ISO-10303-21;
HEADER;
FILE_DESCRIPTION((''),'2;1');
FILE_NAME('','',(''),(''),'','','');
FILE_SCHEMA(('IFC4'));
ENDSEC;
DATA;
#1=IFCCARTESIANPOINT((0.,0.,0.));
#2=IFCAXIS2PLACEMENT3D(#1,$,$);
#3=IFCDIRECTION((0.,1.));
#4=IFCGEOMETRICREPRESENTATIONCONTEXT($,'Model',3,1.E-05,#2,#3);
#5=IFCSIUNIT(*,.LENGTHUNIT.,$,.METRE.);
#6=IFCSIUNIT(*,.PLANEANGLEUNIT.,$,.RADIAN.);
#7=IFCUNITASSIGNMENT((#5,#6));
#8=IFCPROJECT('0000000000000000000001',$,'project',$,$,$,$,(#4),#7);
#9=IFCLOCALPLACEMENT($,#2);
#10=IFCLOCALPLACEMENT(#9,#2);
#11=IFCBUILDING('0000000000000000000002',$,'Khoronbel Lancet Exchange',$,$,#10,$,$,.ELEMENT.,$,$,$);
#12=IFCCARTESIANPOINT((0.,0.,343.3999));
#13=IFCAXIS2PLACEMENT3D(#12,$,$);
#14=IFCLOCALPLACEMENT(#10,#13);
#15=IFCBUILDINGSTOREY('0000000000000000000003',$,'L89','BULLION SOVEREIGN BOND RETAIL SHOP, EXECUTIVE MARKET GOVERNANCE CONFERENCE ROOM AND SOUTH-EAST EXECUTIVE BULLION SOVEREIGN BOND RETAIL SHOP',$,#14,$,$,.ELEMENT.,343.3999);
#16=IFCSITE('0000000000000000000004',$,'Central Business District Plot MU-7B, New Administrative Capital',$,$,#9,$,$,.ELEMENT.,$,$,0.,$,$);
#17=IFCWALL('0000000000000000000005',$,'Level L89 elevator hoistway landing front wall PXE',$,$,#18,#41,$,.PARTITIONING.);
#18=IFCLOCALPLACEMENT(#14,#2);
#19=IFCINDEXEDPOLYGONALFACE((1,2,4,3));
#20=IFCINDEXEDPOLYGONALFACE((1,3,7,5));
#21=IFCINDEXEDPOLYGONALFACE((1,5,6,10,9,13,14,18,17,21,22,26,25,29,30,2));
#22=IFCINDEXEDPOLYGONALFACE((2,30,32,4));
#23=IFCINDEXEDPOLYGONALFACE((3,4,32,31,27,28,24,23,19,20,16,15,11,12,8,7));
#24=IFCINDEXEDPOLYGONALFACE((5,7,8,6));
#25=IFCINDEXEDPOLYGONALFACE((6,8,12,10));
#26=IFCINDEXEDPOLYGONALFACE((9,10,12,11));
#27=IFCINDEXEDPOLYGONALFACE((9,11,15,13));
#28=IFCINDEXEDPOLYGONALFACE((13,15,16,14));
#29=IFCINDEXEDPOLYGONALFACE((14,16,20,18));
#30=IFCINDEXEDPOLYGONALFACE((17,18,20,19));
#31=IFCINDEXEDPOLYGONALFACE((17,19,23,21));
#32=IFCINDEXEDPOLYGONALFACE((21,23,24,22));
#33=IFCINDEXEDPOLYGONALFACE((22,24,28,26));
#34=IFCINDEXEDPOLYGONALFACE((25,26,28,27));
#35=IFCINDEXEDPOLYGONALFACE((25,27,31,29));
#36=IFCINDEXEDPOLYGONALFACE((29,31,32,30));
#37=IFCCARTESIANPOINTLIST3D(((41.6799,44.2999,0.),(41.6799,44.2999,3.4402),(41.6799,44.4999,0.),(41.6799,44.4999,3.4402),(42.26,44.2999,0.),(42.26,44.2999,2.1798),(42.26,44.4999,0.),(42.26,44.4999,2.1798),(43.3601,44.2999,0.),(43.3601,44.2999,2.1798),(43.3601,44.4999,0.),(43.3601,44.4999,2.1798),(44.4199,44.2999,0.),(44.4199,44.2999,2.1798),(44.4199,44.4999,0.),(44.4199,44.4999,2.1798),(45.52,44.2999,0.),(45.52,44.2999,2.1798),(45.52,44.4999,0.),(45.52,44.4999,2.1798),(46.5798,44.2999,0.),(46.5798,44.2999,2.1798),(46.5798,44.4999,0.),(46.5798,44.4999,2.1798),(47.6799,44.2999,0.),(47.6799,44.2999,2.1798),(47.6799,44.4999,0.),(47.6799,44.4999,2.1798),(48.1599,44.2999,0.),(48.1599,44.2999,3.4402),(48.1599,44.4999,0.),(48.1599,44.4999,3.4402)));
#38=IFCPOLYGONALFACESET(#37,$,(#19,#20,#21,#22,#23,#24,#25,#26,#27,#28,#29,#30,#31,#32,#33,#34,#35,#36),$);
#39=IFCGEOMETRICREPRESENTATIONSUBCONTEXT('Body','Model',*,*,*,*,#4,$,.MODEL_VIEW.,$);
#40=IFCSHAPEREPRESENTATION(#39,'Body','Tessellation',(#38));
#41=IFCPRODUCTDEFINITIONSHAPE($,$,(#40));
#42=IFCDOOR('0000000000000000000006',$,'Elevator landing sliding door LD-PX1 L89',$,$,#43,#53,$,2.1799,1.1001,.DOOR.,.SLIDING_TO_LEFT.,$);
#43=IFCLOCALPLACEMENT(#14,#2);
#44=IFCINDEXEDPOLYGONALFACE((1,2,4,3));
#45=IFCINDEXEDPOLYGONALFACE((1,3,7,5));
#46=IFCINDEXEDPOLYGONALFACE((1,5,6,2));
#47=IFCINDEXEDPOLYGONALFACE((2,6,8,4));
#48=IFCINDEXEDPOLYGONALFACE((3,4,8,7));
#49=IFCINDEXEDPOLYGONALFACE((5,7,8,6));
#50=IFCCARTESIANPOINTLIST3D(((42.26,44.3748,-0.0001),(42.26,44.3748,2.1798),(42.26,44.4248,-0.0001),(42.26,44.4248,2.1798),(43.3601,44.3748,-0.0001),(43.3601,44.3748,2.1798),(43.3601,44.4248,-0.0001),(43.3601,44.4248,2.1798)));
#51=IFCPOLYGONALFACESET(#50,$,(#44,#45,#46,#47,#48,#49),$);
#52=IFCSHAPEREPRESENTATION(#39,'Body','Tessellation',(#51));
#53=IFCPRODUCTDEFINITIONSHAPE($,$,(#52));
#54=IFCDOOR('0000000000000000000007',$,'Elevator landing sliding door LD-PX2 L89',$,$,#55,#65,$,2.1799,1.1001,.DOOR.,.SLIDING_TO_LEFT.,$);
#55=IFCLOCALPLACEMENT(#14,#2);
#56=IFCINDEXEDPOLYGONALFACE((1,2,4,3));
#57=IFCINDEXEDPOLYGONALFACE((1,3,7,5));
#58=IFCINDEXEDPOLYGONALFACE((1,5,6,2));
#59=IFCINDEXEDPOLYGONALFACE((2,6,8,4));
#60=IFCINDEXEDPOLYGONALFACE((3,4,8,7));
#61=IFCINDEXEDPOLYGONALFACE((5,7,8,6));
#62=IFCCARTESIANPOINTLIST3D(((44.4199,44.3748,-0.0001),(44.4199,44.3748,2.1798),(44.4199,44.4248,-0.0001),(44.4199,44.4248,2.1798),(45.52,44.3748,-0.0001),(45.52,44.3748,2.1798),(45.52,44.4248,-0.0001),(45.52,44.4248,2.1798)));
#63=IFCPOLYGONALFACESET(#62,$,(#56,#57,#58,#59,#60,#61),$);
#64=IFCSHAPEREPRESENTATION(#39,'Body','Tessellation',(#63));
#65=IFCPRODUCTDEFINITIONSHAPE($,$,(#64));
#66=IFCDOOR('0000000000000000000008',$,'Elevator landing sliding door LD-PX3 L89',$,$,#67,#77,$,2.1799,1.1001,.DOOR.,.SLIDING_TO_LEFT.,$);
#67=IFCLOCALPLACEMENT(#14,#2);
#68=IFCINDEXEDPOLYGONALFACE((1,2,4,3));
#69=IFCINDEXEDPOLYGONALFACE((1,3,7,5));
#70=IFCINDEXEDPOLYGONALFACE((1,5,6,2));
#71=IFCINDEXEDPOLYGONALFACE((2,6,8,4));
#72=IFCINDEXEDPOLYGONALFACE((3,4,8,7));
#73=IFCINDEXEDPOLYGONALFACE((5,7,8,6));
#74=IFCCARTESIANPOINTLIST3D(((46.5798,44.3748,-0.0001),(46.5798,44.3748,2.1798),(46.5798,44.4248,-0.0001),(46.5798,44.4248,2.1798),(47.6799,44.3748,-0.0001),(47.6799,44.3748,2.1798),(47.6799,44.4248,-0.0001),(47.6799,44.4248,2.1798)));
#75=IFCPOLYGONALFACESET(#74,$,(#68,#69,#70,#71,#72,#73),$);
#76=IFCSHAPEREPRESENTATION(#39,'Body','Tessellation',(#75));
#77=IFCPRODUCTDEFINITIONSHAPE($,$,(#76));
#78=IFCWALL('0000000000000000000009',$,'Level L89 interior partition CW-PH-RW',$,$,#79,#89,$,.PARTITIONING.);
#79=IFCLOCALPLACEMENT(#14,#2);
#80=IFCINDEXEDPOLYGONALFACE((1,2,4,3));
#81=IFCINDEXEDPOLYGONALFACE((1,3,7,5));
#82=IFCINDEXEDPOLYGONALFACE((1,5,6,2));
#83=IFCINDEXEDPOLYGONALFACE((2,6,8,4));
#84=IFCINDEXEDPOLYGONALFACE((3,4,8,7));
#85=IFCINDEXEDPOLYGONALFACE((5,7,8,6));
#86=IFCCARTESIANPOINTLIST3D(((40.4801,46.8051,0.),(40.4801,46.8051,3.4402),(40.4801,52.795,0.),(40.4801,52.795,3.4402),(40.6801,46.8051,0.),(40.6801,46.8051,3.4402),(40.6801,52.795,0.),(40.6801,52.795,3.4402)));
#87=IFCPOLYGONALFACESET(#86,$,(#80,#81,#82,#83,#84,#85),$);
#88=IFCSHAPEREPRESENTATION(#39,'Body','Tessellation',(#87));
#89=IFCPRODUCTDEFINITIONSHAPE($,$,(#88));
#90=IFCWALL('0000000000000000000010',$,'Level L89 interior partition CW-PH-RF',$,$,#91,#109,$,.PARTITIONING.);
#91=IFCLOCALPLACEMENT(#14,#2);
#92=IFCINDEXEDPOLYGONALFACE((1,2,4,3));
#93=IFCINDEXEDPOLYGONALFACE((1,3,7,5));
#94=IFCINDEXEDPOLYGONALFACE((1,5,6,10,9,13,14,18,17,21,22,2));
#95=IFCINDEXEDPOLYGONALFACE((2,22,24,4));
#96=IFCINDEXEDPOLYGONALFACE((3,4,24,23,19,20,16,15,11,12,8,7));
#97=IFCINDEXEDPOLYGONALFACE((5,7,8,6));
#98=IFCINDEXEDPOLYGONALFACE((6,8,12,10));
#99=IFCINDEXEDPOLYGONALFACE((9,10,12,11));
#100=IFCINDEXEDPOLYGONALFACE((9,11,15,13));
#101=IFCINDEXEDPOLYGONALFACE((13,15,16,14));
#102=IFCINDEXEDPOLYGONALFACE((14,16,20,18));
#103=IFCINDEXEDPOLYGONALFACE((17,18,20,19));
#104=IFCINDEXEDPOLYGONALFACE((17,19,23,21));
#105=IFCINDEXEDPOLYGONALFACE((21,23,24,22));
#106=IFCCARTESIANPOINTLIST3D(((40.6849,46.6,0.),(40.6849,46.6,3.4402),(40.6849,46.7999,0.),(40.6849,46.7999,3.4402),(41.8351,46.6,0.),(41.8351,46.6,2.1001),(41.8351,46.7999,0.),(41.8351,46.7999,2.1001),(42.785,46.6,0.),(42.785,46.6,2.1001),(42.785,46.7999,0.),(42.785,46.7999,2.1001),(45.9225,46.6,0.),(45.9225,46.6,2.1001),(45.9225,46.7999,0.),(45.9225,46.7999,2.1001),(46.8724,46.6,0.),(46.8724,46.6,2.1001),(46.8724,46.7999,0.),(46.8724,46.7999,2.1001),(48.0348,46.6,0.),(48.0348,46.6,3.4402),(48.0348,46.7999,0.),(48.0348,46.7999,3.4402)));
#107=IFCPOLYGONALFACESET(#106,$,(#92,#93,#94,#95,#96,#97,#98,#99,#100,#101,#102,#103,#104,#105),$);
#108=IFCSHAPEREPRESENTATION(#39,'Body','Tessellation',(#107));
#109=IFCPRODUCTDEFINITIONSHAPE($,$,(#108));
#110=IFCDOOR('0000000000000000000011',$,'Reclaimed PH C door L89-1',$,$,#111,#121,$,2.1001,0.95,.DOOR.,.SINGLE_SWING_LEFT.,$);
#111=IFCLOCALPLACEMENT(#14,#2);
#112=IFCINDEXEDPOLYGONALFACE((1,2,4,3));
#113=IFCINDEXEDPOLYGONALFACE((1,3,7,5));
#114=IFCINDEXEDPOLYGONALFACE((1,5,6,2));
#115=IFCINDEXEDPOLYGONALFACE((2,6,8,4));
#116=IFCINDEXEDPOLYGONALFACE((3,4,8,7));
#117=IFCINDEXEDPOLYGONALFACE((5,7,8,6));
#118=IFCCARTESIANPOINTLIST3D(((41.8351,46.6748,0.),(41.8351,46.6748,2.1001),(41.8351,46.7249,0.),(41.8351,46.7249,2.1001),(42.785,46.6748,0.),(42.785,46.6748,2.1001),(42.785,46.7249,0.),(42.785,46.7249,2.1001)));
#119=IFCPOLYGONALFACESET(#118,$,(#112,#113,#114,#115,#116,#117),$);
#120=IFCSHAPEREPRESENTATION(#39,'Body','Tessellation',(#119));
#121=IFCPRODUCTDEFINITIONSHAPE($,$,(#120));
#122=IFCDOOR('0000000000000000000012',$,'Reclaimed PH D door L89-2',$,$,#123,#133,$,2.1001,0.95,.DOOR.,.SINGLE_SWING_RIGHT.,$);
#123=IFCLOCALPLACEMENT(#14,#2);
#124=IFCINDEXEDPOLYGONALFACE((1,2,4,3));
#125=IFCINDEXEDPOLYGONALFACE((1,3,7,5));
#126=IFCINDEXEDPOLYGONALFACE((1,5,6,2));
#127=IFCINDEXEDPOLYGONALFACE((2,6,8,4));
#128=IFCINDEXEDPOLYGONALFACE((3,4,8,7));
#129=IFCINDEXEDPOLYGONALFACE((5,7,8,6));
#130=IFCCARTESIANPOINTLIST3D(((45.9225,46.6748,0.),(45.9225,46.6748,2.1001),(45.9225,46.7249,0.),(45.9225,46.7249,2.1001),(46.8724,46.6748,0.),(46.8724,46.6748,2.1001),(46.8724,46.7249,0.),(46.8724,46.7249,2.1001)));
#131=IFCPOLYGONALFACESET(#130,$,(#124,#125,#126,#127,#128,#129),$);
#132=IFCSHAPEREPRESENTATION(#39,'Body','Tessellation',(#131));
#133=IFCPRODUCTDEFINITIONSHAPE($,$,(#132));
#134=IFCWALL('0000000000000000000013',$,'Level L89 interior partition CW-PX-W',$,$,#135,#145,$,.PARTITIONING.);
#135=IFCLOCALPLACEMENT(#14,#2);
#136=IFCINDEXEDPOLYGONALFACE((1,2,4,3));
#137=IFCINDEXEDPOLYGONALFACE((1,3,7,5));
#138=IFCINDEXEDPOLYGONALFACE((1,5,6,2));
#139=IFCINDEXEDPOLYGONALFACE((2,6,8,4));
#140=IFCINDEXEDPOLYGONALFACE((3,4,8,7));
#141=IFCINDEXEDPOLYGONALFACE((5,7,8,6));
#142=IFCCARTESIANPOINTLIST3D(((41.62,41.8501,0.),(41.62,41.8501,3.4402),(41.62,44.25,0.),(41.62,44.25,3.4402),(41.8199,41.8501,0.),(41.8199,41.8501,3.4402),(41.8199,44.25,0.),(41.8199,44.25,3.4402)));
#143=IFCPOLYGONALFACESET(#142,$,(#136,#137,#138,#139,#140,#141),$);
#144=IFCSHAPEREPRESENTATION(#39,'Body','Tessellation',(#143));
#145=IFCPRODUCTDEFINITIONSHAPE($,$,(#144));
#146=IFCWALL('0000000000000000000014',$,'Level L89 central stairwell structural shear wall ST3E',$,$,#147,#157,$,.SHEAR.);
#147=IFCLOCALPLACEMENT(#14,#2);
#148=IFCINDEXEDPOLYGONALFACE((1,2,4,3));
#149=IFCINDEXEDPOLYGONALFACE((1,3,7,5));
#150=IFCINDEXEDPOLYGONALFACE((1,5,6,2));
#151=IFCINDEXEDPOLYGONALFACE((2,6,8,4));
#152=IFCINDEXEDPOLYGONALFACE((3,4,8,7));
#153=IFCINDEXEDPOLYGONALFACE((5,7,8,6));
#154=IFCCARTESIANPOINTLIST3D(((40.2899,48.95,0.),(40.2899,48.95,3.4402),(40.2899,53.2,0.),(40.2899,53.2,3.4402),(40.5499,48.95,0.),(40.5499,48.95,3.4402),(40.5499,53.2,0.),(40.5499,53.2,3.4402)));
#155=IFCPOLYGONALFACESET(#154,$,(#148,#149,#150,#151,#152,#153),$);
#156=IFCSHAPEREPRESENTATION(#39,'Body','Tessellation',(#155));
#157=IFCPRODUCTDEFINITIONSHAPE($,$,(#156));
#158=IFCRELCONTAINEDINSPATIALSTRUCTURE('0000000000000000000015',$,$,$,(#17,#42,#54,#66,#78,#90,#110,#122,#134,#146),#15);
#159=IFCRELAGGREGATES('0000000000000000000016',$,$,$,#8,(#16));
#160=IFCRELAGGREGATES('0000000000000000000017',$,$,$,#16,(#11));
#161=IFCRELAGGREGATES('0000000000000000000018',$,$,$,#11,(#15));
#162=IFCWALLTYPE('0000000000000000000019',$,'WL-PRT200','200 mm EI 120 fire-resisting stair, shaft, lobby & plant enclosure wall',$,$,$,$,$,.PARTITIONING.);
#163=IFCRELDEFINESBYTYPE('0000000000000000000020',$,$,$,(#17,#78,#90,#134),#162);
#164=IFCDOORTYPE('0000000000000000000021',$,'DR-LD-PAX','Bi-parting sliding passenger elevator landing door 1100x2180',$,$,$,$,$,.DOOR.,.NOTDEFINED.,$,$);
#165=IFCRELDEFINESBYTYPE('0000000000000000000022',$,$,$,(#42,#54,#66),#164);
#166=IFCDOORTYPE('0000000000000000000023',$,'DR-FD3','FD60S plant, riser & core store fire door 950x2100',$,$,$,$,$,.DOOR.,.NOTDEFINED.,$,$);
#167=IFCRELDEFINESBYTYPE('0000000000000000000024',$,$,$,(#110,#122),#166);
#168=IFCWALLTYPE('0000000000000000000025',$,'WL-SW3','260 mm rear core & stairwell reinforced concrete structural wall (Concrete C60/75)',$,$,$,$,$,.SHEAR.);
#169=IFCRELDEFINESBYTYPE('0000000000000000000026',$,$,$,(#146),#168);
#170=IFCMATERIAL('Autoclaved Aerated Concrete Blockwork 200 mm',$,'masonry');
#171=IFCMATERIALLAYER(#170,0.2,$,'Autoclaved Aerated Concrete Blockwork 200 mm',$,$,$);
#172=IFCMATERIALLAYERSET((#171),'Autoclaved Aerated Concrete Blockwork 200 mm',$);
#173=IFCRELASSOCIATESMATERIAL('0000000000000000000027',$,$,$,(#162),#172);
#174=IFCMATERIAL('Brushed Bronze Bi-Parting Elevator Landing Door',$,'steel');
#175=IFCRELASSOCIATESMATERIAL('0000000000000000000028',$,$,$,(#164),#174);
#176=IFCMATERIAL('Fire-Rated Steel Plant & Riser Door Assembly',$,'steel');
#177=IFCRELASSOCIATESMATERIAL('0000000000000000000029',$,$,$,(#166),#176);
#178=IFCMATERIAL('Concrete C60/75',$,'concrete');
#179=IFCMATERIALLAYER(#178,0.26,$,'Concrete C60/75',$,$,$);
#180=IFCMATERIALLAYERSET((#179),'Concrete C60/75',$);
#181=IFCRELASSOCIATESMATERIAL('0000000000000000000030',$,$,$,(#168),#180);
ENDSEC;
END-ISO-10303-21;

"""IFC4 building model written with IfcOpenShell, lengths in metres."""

from ifc_helpers import new_model, si_unit, direction, frame, frame_2d, origin, place, context, subcontext, project, spatial, rectangle, extrude, material, layer, layer_set, type_object, element, fill, save


model = new_model("IFC4")

# Units and contexts
model_context = context("Model", 3, precision=1e-05, world=origin(), true_north=direction((0.0, 1.0)))
body_context = subcontext(model_context, "Body", "Model", "MODEL_VIEW")
ifc_project = project(units=[si_unit("LENGTHUNIT", "METRE"), si_unit("PLANEANGLEUNIT", "RADIAN")], contexts=[model_context])

# Site, building, storey
site_placement = place(None, origin())
site = spatial("IfcSite", under=ifc_project, at=site_placement, Name="Central Business District Plot MU-7B, New Administrative Capital", CompositionType="ELEMENT", RefElevation=0.0)
building_placement = place(site_placement, origin())
building = spatial("IfcBuilding", under=site, at=building_placement, Name="Khoronbel Lancet Exchange", CompositionType="ELEMENT")
storey_placement = place(building_placement, frame((0.0, 0.0, 343.3999)))
storey = spatial("IfcBuildingStorey", under=building, at=storey_placement, Name="L89", Description="BULLION SOVEREIGN BOND RETAIL SHOP, EXECUTIVE MARKET GOVERNANCE CONFERENCE ROOM AND SOUTH-EAST EXECUTIVE BULLION SOVEREIGN BOND RETAIL SHOP", CompositionType="ELEMENT", Elevation=343.3999)

# Shared definitions
ifc_material_1 = material(Name="Concrete C60/75", Category="concrete")

# Wall, openings, doors
ifc_material_2 = material(Name="Autoclaved Aerated Concrete Blockwork 200 mm", Category="masonry")
ifc_layer_1 = layer(ifc_material_2, 0.2, Name="Autoclaved Aerated Concrete Blockwork 200 mm")
ifc_layer_set_1 = layer_set([ifc_layer_1], Name="Autoclaved Aerated Concrete Blockwork 200 mm")
wall_type_1 = type_object("IfcWallType", Name="WL-PRT200", Description="200 mm EI 120 fire-resisting stair, shaft, lobby & plant enclosure wall", PredefinedType="PARTITIONING", material=ifc_layer_set_1)
wall_1_placement = place(storey_placement, frame((41.6799, 44.3999, 0.0), z_axis=(0.0, 0.0, 1.0), x_axis=(1.0, 0.0, 0.0)))
wall_1 = element("IfcWall", 1, at=wall_1_placement, inside=storey, type_object=wall_type_1, Name="Level L89 elevator hoistway landing front wall PXE", PredefinedType="PARTITIONING", context=body_context, shape_type="SweptSolid", body=[
    extrude(rectangle(XDim=6.48, YDim=0.2, at=frame_2d((3.24, 0.0))), origin(), (0.0, 0.0, 1.0), 3.4402),
])
opening_1_placement = place(wall_1_placement, frame((0.5801, 0.0, 0.0)))
opening_1 = element("IfcOpeningElement", 2, at=opening_1_placement, cuts=wall_1, PredefinedType="OPENING", context=body_context, shape_type="SweptSolid", body=[
    extrude(rectangle(XDim=1.1001, YDim=2.1799, at=frame_2d((0.55, 1.0898))), frame((0.0, 0.1099, 0.0), z_axis=(0.0, -1.0, 0.0), x_axis=(1.0, 0.0, 0.0)), (0.0, 0.0, 1.0), 0.22),
])
opening_2_placement = place(wall_1_placement, frame((2.74, 0.0, 0.0)))
opening_2 = element("IfcOpeningElement", 3, at=opening_2_placement, cuts=wall_1, PredefinedType="OPENING", context=body_context, shape_type="SweptSolid", body=[
    extrude(rectangle(XDim=1.1001, YDim=2.1799, at=frame_2d((0.55, 1.0898))), frame((0.0, 0.1099, 0.0), z_axis=(0.0, -1.0, 0.0), x_axis=(1.0, 0.0, 0.0)), (0.0, 0.0, 1.0), 0.22),
])
opening_3_placement = place(wall_1_placement, frame((4.8999, 0.0, 0.0)))
opening_3 = element("IfcOpeningElement", 4, at=opening_3_placement, cuts=wall_1, PredefinedType="OPENING", context=body_context, shape_type="SweptSolid", body=[
    extrude(rectangle(XDim=1.1001, YDim=2.1799, at=frame_2d((0.55, 1.0898))), frame((0.0, 0.1099, 0.0), z_axis=(0.0, -1.0, 0.0), x_axis=(1.0, 0.0, 0.0)), (0.0, 0.0, 1.0), 0.22),
])
ifc_material_3 = material(Name="Brushed Bronze Bi-Parting Elevator Landing Door", Category="steel")
door_type_1 = type_object("IfcDoorType", Name="DR-LD-PAX", Description="Bi-parting sliding passenger elevator landing door 1100x2180", OperationType="NOTDEFINED", PredefinedType="DOOR", material=ifc_material_3)
door_1_placement = place(opening_1_placement, origin())
door_1 = element("IfcDoor", 5, at=door_1_placement, inside=storey, type_object=door_type_1, Name="Elevator landing sliding door LD-PX1 L89", OperationType="SLIDING_TO_LEFT", OverallHeight=2.1799, OverallWidth=1.1001, PredefinedType="DOOR", context=body_context, shape_type="SweptSolid", body=[
    extrude(rectangle(XDim=1.1001, YDim=2.1799, at=frame_2d((0.55, 1.0898))), frame((0.0, 0.0249, 0.0), z_axis=(0.0, -1.0, 0.0), x_axis=(1.0, 0.0, 0.0)), (0.0, 0.0, 1.0), 0.05),
])
fill(opening_1, door_1)
door_2_placement = place(opening_2_placement, origin())
door_2 = element("IfcDoor", 6, at=door_2_placement, inside=storey, type_object=door_type_1, Name="Elevator landing sliding door LD-PX2 L89", OperationType="SLIDING_TO_LEFT", OverallHeight=2.1799, OverallWidth=1.1001, PredefinedType="DOOR", context=body_context, shape_type="SweptSolid", body=[
    extrude(rectangle(XDim=1.1001, YDim=2.1799, at=frame_2d((0.55, 1.0898))), frame((0.0, 0.0249, 0.0), z_axis=(0.0, -1.0, 0.0), x_axis=(1.0, 0.0, 0.0)), (0.0, 0.0, 1.0), 0.05),
])
fill(opening_2, door_2)
door_3_placement = place(opening_3_placement, origin())
door_3 = element("IfcDoor", 7, at=door_3_placement, inside=storey, type_object=door_type_1, Name="Elevator landing sliding door LD-PX3 L89", OperationType="SLIDING_TO_LEFT", OverallHeight=2.1799, OverallWidth=1.1001, PredefinedType="DOOR", context=body_context, shape_type="SweptSolid", body=[
    extrude(rectangle(XDim=1.1001, YDim=2.1799, at=frame_2d((0.55, 1.0898))), frame((0.0, 0.0249, 0.0), z_axis=(0.0, -1.0, 0.0), x_axis=(1.0, 0.0, 0.0)), (0.0, 0.0, 1.0), 0.05),
])
fill(opening_3, door_3)

# Wall
wall_2_placement = place(storey_placement, frame((40.5801, 46.8049, 0.0), z_axis=(0.0, 0.0, 1.0), x_axis=(0.0, 1.0, 0.0)))
element("IfcWall", 8, at=wall_2_placement, inside=storey, type_object=wall_type_1, Name="Level L89 interior partition CW-PH-RW", PredefinedType="PARTITIONING", context=body_context, shape_type="SweptSolid", body=[
    extrude(rectangle(XDim=5.99, YDim=0.2, at=frame_2d((2.9951, 0.0))), origin(), (0.0, 0.0, 1.0), 3.4402),
])

# Wall, openings, doors
wall_3_placement = place(storey_placement, frame((40.6851, 46.7, 0.0), z_axis=(0.0, 0.0, 1.0), x_axis=(1.0, 0.0, 0.0)))
wall_3 = element("IfcWall", 9, at=wall_3_placement, inside=storey, type_object=wall_type_1, Name="Level L89 interior partition CW-PH-RF", PredefinedType="PARTITIONING", context=body_context, shape_type="SweptSolid", body=[
    extrude(rectangle(XDim=7.3499, YDim=0.2, at=frame_2d((3.6748, 0.0))), origin(), (0.0, 0.0, 1.0), 3.4402),
])
opening_4_placement = place(wall_3_placement, frame((1.1499, 0.0, 0.0)))
opening_4 = element("IfcOpeningElement", 10, at=opening_4_placement, cuts=wall_3, PredefinedType="OPENING", context=body_context, shape_type="SweptSolid", body=[
    extrude(rectangle(XDim=0.95, YDim=2.1001, at=frame_2d((0.4751, 1.05))), frame((0.0, 0.1099, 0.0), z_axis=(0.0, -1.0, 0.0), x_axis=(1.0, 0.0, 0.0)), (0.0, 0.0, 1.0), 0.22),
])
opening_5_placement = place(wall_3_placement, frame((5.2373, 0.0, 0.0)))
opening_5 = element("IfcOpeningElement", 11, at=opening_5_placement, cuts=wall_3, PredefinedType="OPENING", context=body_context, shape_type="SweptSolid", body=[
    extrude(rectangle(XDim=0.95, YDim=2.1001, at=frame_2d((0.4751, 1.05))), frame((0.0, 0.1099, 0.0), z_axis=(0.0, -1.0, 0.0), x_axis=(1.0, 0.0, 0.0)), (0.0, 0.0, 1.0), 0.22),
])
ifc_material_4 = material(Name="Fire-Rated Steel Plant & Riser Door Assembly", Category="steel")
door_type_2 = type_object("IfcDoorType", Name="DR-FD3", Description="FD60S plant, riser & core store fire door 950x2100", OperationType="NOTDEFINED", PredefinedType="DOOR", material=ifc_material_4)
door_4_placement = place(opening_4_placement, origin())
door_4 = element("IfcDoor", 12, at=door_4_placement, inside=storey, type_object=door_type_2, Name="Reclaimed PH C door L89-1", OperationType="SINGLE_SWING_LEFT", OverallHeight=2.1001, OverallWidth=0.95, PredefinedType="DOOR", context=body_context, shape_type="SweptSolid", body=[
    extrude(rectangle(XDim=0.95, YDim=2.1001, at=frame_2d((0.4751, 1.05))), frame((0.0, 0.0249, 0.0), z_axis=(0.0, -1.0, 0.0), x_axis=(1.0, 0.0, 0.0)), (0.0, 0.0, 1.0), 0.05),
])
fill(opening_4, door_4)
door_5_placement = place(opening_5_placement, origin())
door_5 = element("IfcDoor", 13, at=door_5_placement, inside=storey, type_object=door_type_2, Name="Reclaimed PH D door L89-2", OperationType="SINGLE_SWING_RIGHT", OverallHeight=2.1001, OverallWidth=0.95, PredefinedType="DOOR", context=body_context, shape_type="SweptSolid", body=[
    extrude(rectangle(XDim=0.95, YDim=2.1001, at=frame_2d((0.4751, 1.05))), frame((0.0, 0.0249, 0.0), z_axis=(0.0, -1.0, 0.0), x_axis=(1.0, 0.0, 0.0)), (0.0, 0.0, 1.0), 0.05),
])
fill(opening_5, door_5)

# Walls
wall_4_placement = place(storey_placement, frame((41.72, 41.8501, 0.0), z_axis=(0.0, 0.0, 1.0), x_axis=(0.0, 1.0, 0.0)))
element("IfcWall", 14, at=wall_4_placement, inside=storey, type_object=wall_type_1, Name="Level L89 interior partition CW-PX-W", PredefinedType="PARTITIONING", context=body_context, shape_type="SweptSolid", body=[
    extrude(rectangle(XDim=2.3999, YDim=0.2, at=frame_2d((1.2, 0.0))), origin(), (0.0, 0.0, 1.0), 3.4402),
])
ifc_layer_2 = layer(ifc_material_1, 0.26, Name="Concrete C60/75")
ifc_layer_set_2 = layer_set([ifc_layer_2], Name="Concrete C60/75")
wall_type_2 = type_object("IfcWallType", Name="WL-SW3", Description="260 mm rear core & stairwell reinforced concrete structural wall (Concrete C60/75)", PredefinedType="SHEAR", material=ifc_layer_set_2)
wall_5_placement = place(storey_placement, frame((40.4199, 48.95, 0.0), z_axis=(0.0, 0.0, 1.0), x_axis=(0.0, 1.0, 0.0)))
element("IfcWall", 15, at=wall_5_placement, inside=storey, type_object=wall_type_2, Name="Level L89 central stairwell structural shear wall ST3E", PredefinedType="SHEAR", context=body_context, shape_type="SweptSolid", body=[
    extrude(rectangle(XDim=4.25, YDim=0.26, at=frame_2d((2.125, 0.0))), origin(), (0.0, 0.0, 1.0), 3.4402),
])

save(model, "model.ifc")
